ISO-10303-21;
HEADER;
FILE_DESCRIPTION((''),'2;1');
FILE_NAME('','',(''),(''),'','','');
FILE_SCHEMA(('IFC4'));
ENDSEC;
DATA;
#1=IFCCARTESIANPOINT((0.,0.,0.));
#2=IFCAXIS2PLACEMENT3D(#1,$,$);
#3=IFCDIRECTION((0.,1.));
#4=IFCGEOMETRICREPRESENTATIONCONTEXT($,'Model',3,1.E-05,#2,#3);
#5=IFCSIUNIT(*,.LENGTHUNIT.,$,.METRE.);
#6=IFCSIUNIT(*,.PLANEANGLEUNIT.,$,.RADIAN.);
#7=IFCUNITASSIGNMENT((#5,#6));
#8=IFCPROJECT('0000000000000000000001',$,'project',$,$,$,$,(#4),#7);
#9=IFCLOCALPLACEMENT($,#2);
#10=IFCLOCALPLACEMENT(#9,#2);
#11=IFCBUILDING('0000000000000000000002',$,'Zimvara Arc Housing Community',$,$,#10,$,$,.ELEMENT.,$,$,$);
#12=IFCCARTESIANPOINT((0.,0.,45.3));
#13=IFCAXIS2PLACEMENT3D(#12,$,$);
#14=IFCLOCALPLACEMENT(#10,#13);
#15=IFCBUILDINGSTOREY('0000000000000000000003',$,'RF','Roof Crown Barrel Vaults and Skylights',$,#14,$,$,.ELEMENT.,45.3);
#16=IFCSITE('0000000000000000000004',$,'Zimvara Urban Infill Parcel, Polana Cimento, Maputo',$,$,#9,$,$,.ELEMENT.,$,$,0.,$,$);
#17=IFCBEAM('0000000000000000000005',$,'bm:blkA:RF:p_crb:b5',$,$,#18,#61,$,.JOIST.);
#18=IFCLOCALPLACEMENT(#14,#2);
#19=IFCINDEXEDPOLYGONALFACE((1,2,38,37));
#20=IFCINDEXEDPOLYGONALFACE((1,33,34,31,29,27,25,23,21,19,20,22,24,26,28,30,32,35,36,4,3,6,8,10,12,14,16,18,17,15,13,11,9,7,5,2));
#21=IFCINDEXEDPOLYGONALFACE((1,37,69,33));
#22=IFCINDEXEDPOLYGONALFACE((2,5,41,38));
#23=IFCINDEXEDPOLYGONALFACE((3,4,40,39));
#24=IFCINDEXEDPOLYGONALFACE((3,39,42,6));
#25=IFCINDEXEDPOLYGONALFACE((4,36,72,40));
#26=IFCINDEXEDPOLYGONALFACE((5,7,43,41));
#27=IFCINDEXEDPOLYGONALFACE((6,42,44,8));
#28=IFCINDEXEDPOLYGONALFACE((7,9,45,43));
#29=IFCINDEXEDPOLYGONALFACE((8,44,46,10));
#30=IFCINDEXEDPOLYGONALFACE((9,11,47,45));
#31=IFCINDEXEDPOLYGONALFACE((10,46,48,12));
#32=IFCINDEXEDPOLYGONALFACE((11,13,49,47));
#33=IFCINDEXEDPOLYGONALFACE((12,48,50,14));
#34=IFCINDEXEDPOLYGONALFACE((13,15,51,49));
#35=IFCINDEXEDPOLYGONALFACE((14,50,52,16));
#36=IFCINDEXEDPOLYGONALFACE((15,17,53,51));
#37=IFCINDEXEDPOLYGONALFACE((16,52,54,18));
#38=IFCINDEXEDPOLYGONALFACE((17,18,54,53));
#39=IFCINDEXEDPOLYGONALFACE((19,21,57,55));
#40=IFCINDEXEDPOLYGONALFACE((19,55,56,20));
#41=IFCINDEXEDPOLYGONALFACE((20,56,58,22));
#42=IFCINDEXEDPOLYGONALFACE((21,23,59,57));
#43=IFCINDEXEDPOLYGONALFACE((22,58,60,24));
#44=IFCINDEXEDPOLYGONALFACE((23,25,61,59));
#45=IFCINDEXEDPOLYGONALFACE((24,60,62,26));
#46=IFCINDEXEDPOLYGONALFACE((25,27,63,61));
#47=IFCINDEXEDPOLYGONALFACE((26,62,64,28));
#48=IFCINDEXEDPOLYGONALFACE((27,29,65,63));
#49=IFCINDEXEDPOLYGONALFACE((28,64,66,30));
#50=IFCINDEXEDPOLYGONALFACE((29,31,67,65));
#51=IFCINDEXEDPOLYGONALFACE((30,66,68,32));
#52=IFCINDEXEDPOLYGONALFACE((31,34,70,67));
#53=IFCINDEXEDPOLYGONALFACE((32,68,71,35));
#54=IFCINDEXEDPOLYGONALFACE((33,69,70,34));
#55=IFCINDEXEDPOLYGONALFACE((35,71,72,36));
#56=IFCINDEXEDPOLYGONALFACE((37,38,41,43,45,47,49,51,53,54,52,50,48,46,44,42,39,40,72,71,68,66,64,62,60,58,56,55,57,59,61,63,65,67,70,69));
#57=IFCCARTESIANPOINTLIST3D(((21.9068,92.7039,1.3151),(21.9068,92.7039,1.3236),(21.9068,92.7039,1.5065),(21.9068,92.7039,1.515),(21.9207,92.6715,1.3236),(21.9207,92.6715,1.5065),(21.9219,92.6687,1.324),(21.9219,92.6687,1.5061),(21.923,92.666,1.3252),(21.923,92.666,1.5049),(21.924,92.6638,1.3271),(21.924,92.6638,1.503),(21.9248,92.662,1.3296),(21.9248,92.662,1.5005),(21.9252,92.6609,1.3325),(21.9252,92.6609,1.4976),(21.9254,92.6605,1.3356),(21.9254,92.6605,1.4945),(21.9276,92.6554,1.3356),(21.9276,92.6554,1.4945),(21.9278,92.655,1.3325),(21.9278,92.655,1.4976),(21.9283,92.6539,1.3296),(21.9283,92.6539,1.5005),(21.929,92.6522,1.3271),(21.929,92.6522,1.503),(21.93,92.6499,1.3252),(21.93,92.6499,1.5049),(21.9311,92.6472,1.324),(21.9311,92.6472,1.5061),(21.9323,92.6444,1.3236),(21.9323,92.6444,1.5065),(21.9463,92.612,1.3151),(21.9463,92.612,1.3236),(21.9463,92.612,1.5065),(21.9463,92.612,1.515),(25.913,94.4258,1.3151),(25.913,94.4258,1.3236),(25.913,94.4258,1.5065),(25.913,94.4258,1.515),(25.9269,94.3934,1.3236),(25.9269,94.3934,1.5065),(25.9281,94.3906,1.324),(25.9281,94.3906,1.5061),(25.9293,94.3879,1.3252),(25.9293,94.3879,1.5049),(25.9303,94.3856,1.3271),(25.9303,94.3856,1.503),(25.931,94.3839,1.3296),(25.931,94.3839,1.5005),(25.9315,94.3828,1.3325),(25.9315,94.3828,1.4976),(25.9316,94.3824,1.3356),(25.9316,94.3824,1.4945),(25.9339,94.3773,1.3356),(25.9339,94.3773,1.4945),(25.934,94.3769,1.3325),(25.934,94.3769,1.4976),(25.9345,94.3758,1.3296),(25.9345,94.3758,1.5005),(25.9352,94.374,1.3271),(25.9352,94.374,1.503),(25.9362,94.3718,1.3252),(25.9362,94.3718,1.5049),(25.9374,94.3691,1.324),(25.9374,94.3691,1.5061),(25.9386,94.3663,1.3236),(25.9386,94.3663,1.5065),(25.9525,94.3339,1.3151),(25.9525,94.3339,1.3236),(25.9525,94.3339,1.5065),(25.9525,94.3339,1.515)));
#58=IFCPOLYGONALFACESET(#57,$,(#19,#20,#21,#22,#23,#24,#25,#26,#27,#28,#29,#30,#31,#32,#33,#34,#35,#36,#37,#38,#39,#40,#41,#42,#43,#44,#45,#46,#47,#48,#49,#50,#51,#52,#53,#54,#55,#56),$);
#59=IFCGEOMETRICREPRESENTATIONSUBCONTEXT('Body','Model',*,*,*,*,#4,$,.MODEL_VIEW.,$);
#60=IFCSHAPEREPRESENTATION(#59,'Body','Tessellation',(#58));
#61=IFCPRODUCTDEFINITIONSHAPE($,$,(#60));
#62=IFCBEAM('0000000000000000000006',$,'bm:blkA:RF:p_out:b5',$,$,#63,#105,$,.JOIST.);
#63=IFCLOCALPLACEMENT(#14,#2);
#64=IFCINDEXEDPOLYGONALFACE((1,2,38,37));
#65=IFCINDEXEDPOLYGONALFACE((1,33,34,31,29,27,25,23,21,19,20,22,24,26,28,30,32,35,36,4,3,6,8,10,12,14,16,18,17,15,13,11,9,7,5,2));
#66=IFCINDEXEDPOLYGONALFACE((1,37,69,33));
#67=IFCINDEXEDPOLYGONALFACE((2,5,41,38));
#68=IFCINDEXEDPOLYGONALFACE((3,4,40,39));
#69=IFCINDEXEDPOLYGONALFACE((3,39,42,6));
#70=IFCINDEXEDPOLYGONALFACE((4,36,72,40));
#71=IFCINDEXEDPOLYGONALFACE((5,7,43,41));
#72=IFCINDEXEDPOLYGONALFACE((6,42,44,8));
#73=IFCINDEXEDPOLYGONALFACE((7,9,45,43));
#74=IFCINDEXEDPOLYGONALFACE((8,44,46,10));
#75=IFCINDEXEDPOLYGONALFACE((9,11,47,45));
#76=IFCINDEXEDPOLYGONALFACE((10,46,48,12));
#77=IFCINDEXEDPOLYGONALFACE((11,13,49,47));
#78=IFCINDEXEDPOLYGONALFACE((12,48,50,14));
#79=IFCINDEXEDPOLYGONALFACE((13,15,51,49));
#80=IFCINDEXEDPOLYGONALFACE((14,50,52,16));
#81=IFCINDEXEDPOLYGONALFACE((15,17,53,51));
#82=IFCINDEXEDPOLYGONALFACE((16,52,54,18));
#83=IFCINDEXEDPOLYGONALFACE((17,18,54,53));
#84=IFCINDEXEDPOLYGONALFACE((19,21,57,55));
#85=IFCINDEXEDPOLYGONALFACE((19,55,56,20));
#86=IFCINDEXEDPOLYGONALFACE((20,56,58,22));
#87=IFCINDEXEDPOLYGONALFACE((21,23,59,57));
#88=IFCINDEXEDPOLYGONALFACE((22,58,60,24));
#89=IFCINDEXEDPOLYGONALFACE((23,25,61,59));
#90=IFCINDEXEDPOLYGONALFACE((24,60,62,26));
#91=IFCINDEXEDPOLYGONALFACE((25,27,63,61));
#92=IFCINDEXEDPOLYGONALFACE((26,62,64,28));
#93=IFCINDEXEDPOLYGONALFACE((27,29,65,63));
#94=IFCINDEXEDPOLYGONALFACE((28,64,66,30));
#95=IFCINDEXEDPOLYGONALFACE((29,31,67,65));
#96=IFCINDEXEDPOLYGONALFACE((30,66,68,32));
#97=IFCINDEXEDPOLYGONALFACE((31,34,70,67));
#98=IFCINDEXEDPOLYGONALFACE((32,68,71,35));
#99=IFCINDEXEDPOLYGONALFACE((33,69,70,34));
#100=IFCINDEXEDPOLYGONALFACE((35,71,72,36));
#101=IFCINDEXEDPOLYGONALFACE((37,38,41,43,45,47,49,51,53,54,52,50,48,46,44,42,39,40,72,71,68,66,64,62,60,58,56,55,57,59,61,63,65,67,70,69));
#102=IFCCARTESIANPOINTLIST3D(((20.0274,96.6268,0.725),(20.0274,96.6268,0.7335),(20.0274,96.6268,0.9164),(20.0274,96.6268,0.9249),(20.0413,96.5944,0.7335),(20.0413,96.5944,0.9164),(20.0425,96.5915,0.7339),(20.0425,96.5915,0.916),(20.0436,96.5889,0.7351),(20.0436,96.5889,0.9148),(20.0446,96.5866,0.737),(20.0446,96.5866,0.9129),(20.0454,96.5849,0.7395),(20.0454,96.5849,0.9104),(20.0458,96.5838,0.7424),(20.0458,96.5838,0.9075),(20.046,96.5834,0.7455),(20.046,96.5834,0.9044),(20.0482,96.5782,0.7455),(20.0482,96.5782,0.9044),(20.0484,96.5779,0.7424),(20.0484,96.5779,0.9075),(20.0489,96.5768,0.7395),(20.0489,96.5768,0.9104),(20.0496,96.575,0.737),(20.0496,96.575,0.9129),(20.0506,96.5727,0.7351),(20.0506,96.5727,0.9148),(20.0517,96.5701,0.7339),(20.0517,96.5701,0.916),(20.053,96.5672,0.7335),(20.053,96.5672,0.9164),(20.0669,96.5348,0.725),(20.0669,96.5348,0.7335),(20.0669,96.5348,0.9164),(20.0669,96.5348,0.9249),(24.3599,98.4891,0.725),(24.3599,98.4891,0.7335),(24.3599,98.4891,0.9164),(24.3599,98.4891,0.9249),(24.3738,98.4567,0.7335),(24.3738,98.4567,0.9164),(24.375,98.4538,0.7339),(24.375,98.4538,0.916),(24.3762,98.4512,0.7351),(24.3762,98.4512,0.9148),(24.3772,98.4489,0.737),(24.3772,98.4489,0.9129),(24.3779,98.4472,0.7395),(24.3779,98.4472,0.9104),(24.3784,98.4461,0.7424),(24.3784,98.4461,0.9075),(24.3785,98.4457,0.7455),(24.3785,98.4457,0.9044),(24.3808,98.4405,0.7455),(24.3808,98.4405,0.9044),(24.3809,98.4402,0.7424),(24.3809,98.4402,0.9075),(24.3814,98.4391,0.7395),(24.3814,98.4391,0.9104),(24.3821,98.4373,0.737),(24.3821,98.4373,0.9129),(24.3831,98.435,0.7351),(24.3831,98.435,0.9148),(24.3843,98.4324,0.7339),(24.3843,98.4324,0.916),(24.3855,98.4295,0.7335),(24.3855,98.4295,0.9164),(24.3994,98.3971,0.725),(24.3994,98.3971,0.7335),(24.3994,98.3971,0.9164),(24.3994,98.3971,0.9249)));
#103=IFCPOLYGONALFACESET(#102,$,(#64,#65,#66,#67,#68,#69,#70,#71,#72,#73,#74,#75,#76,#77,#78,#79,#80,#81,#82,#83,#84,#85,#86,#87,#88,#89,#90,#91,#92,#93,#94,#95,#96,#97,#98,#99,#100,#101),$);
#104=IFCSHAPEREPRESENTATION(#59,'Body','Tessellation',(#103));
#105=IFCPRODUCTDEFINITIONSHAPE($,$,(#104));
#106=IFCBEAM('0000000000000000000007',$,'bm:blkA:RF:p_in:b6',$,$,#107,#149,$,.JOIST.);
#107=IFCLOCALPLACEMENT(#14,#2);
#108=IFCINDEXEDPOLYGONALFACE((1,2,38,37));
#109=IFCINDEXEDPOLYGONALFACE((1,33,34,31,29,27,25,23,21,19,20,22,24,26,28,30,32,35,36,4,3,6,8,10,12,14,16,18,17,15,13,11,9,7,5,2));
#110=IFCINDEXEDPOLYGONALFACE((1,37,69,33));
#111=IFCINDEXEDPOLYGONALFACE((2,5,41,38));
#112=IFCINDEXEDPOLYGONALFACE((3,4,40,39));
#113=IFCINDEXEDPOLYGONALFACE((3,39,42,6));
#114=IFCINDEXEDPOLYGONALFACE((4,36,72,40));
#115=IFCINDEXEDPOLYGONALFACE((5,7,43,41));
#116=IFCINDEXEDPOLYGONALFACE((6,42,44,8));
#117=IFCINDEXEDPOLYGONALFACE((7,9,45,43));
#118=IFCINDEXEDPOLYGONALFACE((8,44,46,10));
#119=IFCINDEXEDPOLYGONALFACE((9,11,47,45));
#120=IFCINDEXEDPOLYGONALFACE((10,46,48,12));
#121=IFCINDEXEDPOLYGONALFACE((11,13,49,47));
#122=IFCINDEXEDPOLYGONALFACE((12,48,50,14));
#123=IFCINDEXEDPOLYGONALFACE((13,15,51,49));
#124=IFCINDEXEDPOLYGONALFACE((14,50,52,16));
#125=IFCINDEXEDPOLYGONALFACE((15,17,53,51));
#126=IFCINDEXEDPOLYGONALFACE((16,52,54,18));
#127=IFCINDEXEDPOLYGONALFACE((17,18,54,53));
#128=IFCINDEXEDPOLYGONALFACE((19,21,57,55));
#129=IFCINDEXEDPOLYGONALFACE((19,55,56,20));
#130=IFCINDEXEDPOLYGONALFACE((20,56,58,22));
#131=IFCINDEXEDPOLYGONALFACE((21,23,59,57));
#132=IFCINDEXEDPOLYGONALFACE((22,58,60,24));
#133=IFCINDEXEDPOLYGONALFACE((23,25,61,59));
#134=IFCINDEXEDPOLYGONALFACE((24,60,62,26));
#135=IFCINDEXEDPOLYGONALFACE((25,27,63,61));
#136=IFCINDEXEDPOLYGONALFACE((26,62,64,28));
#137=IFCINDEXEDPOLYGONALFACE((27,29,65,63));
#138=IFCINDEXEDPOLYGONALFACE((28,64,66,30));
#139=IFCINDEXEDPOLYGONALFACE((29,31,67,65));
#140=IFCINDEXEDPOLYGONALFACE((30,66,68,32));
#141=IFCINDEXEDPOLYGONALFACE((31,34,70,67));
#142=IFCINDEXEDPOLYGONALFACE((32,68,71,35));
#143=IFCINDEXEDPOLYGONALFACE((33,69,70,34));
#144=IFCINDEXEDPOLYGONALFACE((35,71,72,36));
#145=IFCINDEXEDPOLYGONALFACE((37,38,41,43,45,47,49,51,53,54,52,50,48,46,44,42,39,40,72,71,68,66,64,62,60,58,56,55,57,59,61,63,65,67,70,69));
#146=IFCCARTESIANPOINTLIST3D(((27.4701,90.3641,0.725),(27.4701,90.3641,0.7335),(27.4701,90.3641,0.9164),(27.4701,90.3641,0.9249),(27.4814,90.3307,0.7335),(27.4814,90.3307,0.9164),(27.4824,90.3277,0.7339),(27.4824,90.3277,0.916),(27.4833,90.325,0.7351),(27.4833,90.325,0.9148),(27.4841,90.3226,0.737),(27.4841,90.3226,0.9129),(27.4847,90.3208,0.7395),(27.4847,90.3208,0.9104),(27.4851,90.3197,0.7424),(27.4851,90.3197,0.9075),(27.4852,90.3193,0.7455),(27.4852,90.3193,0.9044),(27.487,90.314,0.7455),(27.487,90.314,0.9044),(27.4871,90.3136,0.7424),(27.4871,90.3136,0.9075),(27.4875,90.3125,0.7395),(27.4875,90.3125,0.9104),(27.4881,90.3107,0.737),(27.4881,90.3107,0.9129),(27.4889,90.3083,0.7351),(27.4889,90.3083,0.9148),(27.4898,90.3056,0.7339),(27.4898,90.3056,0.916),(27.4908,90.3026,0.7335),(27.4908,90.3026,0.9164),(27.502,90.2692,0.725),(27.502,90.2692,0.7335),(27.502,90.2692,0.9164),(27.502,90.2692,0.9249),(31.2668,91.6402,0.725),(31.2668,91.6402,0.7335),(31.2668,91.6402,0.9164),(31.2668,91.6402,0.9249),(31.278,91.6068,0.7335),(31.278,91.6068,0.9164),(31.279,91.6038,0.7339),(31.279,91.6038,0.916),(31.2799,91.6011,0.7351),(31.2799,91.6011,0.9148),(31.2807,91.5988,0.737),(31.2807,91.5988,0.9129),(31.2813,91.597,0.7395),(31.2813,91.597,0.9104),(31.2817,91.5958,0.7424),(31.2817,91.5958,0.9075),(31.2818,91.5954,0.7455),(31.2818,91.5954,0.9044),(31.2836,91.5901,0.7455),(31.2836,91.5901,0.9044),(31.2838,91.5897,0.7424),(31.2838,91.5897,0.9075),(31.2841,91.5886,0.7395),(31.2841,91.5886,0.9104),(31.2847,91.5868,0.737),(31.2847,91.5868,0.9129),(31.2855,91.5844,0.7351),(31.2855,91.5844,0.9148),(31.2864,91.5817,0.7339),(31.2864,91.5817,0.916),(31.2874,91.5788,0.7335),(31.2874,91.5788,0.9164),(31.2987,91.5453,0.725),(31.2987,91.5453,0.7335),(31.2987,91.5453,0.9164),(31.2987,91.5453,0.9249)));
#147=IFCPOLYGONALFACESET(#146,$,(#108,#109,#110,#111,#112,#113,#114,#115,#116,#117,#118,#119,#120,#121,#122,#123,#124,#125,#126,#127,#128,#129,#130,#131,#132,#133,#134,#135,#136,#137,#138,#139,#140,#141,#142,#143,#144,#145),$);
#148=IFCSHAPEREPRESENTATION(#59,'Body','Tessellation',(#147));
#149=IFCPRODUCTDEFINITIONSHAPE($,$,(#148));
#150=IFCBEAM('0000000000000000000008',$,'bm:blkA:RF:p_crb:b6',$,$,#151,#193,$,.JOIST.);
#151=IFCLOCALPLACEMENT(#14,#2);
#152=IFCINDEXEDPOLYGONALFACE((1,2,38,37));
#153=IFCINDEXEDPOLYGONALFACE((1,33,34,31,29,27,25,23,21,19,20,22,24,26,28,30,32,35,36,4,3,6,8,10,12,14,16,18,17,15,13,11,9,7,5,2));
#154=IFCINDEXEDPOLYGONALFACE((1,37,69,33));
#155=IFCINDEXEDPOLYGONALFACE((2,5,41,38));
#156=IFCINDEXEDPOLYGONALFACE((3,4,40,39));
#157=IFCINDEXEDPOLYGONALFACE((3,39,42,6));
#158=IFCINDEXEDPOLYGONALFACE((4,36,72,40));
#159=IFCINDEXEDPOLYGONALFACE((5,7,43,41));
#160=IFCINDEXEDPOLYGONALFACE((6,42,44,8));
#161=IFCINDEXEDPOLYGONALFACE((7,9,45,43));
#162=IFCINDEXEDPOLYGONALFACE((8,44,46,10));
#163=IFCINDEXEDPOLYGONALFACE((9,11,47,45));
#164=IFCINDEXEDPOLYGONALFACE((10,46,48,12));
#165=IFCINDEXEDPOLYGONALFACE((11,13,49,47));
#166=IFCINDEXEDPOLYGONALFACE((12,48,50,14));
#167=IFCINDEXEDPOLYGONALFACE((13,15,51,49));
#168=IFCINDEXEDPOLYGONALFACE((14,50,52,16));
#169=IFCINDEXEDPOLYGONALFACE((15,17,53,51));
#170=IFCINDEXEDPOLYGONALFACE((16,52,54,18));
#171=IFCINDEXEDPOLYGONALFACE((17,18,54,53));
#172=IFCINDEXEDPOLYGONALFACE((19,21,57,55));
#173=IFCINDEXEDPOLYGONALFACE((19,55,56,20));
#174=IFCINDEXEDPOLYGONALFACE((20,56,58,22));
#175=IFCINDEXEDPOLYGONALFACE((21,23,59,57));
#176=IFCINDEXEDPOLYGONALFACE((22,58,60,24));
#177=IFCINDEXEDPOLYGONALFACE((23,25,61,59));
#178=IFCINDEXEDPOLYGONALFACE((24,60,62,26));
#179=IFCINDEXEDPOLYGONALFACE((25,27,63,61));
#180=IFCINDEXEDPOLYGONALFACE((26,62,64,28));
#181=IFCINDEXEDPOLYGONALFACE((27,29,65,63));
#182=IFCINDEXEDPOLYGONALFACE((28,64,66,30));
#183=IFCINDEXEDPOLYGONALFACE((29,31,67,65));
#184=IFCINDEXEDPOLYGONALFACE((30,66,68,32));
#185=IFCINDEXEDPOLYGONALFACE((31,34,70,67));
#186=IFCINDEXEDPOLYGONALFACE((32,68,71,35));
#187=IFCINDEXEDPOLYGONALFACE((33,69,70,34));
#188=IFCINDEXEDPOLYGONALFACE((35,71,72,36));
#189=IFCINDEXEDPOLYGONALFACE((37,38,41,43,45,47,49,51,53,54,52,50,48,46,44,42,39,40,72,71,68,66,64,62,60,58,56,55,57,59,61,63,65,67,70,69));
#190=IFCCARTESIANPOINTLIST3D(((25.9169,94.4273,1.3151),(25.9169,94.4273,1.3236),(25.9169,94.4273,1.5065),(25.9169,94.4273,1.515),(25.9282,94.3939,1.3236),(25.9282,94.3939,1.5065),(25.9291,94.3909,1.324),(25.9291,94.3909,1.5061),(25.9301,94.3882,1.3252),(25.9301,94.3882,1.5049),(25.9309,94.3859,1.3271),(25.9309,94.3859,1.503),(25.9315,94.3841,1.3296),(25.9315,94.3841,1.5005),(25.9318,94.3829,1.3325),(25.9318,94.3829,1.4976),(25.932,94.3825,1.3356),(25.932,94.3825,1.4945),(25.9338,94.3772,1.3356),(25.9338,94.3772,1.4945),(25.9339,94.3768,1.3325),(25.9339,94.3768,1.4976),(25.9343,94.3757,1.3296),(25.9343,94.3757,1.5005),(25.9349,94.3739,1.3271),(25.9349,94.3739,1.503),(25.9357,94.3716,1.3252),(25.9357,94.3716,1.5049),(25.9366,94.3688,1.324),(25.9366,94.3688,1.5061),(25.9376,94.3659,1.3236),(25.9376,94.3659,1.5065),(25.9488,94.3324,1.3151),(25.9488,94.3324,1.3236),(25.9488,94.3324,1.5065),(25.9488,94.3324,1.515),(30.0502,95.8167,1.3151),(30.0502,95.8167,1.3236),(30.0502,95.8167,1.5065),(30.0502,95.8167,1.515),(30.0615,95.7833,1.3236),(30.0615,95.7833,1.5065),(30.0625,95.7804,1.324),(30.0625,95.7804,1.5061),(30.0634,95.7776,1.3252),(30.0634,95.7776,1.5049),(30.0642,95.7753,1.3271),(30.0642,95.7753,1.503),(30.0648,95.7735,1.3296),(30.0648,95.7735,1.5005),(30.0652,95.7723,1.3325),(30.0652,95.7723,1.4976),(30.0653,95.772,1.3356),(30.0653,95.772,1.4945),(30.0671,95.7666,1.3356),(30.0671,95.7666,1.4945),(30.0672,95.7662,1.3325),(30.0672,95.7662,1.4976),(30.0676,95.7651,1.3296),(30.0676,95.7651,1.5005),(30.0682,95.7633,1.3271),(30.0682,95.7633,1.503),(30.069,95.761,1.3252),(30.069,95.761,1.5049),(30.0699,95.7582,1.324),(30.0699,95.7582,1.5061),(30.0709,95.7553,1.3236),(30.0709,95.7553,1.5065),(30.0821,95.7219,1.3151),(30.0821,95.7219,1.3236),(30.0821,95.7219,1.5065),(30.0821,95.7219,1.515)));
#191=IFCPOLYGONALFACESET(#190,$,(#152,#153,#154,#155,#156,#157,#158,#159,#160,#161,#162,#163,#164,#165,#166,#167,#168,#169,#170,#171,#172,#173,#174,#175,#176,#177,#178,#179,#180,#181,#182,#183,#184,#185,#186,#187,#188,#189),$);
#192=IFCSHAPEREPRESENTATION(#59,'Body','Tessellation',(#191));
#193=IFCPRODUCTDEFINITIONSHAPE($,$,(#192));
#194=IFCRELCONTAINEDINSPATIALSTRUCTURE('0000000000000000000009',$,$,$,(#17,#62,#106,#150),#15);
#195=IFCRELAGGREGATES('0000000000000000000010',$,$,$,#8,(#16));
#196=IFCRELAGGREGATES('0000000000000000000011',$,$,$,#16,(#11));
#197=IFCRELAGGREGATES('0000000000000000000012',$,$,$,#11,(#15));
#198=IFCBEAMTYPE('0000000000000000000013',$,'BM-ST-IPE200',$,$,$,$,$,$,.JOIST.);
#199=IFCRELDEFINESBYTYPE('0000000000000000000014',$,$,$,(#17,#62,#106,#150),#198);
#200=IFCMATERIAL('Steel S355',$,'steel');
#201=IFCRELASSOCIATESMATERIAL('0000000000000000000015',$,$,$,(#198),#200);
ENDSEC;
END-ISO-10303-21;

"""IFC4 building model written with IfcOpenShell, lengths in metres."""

from ifc_helpers import new_model, si_unit, direction, frame, origin, origin_2d, place, context, subcontext, project, spatial, i_section, extrude, material, material_profile, profile_set, type_object, element, save


model = new_model("IFC4")

# Units and contexts
model_context = context("Model", 3, precision=1e-05, world=origin(), true_north=direction((0.0, 1.0)))
body_context = subcontext(model_context, "Body", "Model", "MODEL_VIEW")
ifc_project = project(units=[si_unit("LENGTHUNIT", "METRE"), si_unit("PLANEANGLEUNIT", "RADIAN")], contexts=[model_context])

# Site, building, storey
site_placement = place(None, origin())
site = spatial("IfcSite", under=ifc_project, at=site_placement, Name="Zimvara Urban Infill Parcel, Polana Cimento, Maputo", CompositionType="ELEMENT", RefElevation=0.0)
building_placement = place(site_placement, origin())
building = spatial("IfcBuilding", under=site, at=building_placement, Name="Zimvara Arc Housing Community", CompositionType="ELEMENT")
storey_placement = place(building_placement, frame((0.0, 0.0, 45.3)))
storey = spatial("IfcBuildingStorey", under=building, at=storey_placement, Name="RF", Description="Roof Crown Barrel Vaults and Skylights", CompositionType="ELEMENT", Elevation=45.3)

# Beams
ifc_material_1 = material(Name="Steel S355", Category="steel")
ifc_material_profile_1 = material_profile(ifc_material_1, i_section(OverallWidth=0.1001, OverallDepth=0.2, WebThickness=0.0056, FlangeThickness=0.0085, FilletRadius=0.012, at=origin_2d()), Name="IPE 200")
ifc_profile_set_1 = profile_set([ifc_material_profile_1], Name="Steel S355")
beam_type_1 = type_object("IfcBeamType", Name="BM-ST-IPE200", PredefinedType="JOIST", material=ifc_profile_set_1)
beam_1_placement = place(storey_placement, frame((21.9265, 92.658, 1.415), z_axis=(0.918736, 0.394872, 0.0), x_axis=(-0.394872, 0.918736, 0.0)))
element("IfcBeam", 1, at=beam_1_placement, inside=storey, type_object=beam_type_1, Name="bm:blkA:RF:p_crb:b5", PredefinedType="JOIST", context=body_context, shape_type="SweptSolid", body=[
    extrude(i_section(OverallWidth=0.1001, OverallDepth=0.2, WebThickness=0.0056, FlangeThickness=0.0085, FilletRadius=0.012, at=origin_2d()), origin(), (0.0, 0.0, 1.0), 4.3606),
])
beam_2_placement = place(storey_placement, frame((20.0471, 96.5808, 0.825), z_axis=(0.918721, 0.394906, 0.0), x_axis=(-0.394906, 0.918721, 0.0)))
element("IfcBeam", 2, at=beam_2_placement, inside=storey, type_object=beam_type_1, Name="bm:blkA:RF:p_out:b5", PredefinedType="JOIST", context=body_context, shape_type="SweptSolid", body=[
    extrude(i_section(OverallWidth=0.1001, OverallDepth=0.2, WebThickness=0.0056, FlangeThickness=0.0085, FilletRadius=0.012, at=origin_2d()), origin(), (0.0, 0.0, 1.0), 4.7158),
])
beam_3_placement = place(storey_placement, frame((27.4861, 90.3167, 0.825), z_axis=(0.947888, 0.318604, 0.0), x_axis=(-0.318604, 0.947888, 0.0)))
element("IfcBeam", 3, at=beam_3_placement, inside=storey, type_object=beam_type_1, Name="bm:blkA:RF:p_in:b6", PredefinedType="JOIST", context=body_context, shape_type="SweptSolid", body=[
    extrude(i_section(OverallWidth=0.1001, OverallDepth=0.2, WebThickness=0.0056, FlangeThickness=0.0085, FilletRadius=0.012, at=origin_2d()), origin(), (0.0, 0.0, 1.0), 4.0054),
])
beam_4_placement = place(storey_placement, frame((25.9329, 94.3799, 1.415), z_axis=(0.94788, 0.318629, 0.0), x_axis=(-0.318629, 0.94788, 0.0)))
element("IfcBeam", 4, at=beam_4_placement, inside=storey, type_object=beam_type_1, Name="bm:blkA:RF:p_crb:b6", PredefinedType="JOIST", context=body_context, shape_type="SweptSolid", body=[
    extrude(i_section(OverallWidth=0.1001, OverallDepth=0.2, WebThickness=0.0056, FlangeThickness=0.0085, FilletRadius=0.012, at=origin_2d()), origin(), (0.0, 0.0, 1.0), 4.3606),
])

save(model, "model.ifc")
